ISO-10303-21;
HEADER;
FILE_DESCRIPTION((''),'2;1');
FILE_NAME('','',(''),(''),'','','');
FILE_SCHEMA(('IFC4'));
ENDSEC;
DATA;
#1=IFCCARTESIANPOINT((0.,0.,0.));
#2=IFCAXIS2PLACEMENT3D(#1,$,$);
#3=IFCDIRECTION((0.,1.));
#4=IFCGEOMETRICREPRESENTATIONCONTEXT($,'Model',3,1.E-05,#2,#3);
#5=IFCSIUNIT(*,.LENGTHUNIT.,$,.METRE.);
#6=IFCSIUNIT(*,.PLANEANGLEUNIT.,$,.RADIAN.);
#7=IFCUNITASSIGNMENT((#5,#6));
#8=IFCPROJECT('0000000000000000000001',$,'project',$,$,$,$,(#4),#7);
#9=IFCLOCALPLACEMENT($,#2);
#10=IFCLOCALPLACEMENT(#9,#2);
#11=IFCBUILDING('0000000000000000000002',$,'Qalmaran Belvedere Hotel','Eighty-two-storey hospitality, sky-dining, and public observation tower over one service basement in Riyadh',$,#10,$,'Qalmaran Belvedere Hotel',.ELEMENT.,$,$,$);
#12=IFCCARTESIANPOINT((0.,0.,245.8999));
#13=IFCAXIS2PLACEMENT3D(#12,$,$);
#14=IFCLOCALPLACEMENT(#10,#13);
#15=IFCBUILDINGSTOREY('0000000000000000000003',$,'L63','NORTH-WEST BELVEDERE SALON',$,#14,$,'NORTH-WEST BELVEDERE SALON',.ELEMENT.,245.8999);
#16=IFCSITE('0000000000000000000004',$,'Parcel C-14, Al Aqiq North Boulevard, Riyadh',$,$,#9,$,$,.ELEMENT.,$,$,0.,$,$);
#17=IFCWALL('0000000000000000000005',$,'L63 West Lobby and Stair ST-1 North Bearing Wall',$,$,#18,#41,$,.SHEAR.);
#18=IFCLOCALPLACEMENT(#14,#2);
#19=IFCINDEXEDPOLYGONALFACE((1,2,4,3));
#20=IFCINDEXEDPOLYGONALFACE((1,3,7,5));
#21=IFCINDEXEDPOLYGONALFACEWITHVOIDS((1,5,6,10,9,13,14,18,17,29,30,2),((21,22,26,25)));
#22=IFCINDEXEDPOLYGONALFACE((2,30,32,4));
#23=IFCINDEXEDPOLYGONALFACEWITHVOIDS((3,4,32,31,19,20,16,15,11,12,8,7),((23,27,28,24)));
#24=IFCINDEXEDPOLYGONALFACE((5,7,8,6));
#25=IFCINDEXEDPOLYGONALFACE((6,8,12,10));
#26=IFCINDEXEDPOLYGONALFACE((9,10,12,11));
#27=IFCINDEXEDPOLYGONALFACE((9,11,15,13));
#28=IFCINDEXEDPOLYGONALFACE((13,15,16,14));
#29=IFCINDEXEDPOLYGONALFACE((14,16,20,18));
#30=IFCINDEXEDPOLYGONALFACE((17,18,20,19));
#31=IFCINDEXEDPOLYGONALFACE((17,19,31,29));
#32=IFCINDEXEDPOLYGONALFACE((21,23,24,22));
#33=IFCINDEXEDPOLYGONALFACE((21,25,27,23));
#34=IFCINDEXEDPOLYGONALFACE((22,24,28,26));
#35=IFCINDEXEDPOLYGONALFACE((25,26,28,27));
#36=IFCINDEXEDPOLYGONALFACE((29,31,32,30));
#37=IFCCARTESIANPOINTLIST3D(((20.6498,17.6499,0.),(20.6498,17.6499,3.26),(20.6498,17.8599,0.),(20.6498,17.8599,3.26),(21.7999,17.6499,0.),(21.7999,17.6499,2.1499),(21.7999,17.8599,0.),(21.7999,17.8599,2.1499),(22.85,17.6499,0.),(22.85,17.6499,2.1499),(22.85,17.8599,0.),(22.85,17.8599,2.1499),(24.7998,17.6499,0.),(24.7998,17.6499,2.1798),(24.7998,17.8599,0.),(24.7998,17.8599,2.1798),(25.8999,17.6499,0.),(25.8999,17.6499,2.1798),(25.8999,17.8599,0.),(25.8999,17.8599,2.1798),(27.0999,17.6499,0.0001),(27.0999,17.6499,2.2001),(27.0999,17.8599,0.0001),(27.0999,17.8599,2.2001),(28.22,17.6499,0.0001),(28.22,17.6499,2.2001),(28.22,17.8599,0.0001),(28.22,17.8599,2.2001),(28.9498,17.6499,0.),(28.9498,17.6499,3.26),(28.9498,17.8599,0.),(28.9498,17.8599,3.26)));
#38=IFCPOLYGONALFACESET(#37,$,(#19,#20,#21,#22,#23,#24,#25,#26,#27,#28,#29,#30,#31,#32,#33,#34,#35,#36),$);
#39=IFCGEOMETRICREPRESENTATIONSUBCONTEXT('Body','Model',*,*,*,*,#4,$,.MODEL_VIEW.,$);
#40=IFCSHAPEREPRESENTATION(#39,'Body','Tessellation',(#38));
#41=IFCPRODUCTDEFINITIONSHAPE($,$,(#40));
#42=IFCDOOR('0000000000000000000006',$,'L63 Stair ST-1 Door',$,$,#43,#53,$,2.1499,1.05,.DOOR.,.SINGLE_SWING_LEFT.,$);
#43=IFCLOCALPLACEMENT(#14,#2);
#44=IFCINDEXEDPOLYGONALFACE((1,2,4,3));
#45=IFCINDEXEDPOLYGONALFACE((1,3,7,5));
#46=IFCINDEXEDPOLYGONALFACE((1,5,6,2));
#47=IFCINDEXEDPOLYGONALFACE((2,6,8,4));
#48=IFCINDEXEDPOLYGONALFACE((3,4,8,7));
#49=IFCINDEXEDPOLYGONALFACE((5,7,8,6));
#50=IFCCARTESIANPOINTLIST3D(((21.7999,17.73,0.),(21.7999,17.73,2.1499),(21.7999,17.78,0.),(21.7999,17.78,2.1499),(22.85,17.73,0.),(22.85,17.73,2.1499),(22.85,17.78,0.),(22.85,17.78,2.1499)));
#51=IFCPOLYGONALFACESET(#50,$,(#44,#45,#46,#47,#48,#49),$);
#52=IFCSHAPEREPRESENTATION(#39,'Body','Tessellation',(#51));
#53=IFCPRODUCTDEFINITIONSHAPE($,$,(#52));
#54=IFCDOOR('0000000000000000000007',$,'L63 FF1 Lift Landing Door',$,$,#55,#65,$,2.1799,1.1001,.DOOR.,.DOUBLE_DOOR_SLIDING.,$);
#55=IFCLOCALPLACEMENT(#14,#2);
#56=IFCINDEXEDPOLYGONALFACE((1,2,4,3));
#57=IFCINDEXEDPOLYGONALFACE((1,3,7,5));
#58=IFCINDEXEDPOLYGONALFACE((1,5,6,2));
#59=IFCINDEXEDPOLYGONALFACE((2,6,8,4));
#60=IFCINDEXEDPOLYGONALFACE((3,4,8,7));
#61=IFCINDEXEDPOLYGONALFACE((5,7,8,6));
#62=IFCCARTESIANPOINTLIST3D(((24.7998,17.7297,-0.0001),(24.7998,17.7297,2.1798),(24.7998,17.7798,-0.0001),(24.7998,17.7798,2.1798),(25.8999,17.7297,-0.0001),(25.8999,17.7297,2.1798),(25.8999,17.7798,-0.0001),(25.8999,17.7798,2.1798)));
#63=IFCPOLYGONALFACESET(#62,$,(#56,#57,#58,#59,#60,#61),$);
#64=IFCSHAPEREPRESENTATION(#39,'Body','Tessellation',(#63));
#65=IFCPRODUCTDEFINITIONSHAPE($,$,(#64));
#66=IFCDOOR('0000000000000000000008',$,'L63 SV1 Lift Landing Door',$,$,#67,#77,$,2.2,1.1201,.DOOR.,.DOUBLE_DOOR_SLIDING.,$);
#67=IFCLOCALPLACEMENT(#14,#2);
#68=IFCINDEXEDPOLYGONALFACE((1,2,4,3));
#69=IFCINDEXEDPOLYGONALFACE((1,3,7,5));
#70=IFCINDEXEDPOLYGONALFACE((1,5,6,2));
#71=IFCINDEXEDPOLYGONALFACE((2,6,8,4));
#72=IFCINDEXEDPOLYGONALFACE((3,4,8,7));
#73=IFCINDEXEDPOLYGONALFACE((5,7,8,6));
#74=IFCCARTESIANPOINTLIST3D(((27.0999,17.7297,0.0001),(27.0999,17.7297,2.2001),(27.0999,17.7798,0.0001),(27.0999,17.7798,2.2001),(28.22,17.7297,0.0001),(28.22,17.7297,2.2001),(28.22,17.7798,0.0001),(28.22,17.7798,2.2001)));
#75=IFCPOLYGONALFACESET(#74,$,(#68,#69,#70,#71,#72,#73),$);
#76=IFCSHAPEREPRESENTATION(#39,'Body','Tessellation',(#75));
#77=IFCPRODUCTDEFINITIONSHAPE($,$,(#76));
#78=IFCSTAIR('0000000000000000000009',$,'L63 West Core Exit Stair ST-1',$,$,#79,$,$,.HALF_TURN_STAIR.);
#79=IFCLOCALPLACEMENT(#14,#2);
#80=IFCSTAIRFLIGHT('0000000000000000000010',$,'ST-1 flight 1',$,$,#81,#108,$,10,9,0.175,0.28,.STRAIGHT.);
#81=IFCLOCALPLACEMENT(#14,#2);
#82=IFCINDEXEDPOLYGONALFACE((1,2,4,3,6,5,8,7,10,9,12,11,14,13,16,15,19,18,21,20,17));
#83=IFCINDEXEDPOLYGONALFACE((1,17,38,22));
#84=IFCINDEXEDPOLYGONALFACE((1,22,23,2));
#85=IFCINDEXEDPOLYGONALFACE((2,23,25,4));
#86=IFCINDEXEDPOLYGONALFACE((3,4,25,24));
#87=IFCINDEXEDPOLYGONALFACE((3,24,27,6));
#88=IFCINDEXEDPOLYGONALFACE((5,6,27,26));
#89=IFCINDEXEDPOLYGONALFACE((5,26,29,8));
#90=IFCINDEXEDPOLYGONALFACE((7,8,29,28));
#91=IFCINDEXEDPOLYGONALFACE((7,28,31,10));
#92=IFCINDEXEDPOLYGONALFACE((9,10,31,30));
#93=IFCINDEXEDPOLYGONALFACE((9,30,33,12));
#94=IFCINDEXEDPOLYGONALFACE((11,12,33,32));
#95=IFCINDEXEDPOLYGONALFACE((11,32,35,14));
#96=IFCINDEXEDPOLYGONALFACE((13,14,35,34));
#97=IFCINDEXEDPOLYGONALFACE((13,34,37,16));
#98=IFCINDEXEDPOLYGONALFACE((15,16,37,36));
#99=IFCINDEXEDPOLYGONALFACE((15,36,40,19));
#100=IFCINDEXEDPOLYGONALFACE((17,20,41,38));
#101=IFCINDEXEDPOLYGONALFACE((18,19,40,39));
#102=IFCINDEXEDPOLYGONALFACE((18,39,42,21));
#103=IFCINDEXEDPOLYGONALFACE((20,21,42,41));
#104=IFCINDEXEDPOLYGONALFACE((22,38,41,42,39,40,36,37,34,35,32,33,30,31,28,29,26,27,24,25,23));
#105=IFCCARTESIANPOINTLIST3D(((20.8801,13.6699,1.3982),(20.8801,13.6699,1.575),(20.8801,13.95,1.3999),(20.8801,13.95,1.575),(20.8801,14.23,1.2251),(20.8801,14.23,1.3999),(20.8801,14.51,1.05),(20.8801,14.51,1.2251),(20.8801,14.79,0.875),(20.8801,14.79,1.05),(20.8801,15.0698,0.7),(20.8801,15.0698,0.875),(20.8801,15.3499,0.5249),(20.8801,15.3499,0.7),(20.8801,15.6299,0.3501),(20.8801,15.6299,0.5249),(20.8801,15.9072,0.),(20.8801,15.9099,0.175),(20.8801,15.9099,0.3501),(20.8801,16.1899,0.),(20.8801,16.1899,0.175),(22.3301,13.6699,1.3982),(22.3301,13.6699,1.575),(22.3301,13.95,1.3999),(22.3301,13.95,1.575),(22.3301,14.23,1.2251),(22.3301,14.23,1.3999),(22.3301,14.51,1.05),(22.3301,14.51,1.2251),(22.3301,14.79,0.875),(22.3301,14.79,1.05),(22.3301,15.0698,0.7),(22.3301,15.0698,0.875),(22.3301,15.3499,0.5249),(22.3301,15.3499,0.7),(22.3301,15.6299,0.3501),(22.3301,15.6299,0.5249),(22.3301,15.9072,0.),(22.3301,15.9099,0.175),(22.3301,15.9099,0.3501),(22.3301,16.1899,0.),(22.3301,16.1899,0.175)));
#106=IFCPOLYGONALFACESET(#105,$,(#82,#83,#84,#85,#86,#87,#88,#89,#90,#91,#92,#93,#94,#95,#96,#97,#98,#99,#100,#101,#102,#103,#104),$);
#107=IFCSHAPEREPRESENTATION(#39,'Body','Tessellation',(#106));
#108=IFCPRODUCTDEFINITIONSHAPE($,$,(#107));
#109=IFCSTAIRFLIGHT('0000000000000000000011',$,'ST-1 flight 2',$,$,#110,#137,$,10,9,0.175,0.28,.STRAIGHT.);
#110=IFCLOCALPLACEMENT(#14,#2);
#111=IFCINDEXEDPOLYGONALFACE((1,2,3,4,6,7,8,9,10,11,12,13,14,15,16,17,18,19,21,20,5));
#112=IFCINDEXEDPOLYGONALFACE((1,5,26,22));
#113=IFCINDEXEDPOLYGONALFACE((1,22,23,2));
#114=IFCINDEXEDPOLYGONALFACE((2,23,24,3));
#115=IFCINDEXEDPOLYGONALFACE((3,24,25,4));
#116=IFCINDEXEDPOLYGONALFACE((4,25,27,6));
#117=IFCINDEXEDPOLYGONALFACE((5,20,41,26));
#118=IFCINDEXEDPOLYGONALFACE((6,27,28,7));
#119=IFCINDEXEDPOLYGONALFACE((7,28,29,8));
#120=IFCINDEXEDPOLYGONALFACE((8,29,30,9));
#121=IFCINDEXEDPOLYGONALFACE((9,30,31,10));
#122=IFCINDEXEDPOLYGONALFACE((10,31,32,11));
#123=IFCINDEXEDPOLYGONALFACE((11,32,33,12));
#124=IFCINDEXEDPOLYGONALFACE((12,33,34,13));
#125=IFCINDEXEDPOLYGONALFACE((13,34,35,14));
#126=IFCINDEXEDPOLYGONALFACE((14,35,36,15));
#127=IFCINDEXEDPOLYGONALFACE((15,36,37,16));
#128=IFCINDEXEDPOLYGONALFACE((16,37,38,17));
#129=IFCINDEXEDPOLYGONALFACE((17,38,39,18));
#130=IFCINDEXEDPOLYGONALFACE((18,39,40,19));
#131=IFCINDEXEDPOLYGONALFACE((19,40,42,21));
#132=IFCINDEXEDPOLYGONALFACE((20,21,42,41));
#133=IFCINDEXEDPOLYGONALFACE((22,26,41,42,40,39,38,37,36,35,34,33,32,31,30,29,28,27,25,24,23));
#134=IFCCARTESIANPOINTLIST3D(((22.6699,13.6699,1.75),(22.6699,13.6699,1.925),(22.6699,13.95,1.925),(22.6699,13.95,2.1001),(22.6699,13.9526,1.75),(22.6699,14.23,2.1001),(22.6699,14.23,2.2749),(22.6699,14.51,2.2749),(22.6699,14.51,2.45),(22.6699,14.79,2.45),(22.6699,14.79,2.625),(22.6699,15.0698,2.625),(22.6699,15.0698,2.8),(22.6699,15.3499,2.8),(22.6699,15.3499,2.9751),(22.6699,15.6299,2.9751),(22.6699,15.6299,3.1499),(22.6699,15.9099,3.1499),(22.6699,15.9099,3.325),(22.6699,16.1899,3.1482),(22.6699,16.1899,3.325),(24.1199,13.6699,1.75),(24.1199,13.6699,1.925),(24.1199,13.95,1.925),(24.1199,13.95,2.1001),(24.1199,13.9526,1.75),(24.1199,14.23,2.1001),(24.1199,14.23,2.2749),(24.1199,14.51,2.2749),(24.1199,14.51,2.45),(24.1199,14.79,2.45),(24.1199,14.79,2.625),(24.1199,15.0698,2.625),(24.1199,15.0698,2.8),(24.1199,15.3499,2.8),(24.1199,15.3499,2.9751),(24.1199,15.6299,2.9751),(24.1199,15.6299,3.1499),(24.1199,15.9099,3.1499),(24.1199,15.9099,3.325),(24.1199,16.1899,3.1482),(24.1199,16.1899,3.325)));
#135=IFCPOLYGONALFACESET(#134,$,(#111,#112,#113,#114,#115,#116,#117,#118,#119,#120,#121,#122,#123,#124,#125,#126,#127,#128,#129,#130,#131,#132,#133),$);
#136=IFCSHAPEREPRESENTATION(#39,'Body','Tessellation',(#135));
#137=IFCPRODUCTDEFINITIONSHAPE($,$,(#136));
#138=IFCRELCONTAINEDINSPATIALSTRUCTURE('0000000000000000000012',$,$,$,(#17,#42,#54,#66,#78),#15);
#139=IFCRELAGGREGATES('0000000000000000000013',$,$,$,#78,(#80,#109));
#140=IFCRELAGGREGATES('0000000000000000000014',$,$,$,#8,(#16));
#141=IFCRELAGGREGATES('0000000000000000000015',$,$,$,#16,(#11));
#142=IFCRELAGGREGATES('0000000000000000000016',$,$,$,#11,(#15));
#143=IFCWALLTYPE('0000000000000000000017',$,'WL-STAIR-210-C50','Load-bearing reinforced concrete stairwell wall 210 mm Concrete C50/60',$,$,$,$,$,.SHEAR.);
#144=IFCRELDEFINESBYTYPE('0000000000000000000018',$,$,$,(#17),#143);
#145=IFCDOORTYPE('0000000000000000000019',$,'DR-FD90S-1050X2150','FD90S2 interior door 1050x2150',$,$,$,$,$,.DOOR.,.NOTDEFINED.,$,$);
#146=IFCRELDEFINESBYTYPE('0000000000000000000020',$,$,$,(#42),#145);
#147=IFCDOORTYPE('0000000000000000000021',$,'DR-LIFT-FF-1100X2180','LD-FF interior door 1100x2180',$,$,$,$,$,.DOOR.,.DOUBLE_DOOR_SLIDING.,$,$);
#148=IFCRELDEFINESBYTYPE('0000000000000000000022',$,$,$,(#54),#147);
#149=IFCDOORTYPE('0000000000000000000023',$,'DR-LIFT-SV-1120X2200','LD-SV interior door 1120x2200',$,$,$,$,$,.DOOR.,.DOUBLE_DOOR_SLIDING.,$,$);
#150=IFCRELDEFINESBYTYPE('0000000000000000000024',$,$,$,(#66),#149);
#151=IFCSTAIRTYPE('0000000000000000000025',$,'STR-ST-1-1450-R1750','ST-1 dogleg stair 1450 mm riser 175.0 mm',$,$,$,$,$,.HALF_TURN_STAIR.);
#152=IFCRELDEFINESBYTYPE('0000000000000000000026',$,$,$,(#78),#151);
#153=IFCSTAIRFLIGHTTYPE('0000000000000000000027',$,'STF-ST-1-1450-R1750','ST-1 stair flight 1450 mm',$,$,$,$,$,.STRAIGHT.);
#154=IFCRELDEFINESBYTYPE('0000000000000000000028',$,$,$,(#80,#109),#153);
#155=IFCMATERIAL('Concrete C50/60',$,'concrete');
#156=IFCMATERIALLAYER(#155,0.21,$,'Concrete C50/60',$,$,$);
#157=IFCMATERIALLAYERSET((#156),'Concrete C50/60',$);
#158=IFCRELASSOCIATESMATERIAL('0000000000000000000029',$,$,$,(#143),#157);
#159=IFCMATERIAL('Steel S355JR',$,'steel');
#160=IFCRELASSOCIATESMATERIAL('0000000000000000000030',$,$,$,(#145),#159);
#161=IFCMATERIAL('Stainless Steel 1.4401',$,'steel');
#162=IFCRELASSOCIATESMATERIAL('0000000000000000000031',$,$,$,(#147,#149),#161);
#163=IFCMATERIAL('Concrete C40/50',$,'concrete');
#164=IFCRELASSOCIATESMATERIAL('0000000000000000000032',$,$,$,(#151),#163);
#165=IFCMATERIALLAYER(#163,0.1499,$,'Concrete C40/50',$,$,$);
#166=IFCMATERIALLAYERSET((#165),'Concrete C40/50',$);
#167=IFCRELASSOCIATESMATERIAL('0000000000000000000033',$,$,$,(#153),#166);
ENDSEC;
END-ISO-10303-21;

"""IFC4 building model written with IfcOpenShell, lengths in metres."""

from ifc_helpers import new_model, si_unit, direction, frame, frame_2d, origin, place, context, subcontext, project, spatial, polyline, rectangle, outline, extrude, material, layer, layer_set, type_object, element, fill, aggregate, save


model = new_model("IFC4")

# Units and contexts
model_context = context("Model", 3, precision=1e-05, world=origin(), true_north=direction((0.0, 1.0)))
body_context = subcontext(model_context, "Body", "Model", "MODEL_VIEW")
ifc_project = project(units=[si_unit("LENGTHUNIT", "METRE"), si_unit("PLANEANGLEUNIT", "RADIAN")], contexts=[model_context])

# Site, building, storey
site_placement = place(None, origin())
site = spatial("IfcSite", under=ifc_project, at=site_placement, Name="Parcel C-14, Al Aqiq North Boulevard, Riyadh", CompositionType="ELEMENT", RefElevation=0.0)
building_placement = place(site_placement, origin())
building = spatial("IfcBuilding", under=site, at=building_placement, Name="Qalmaran Belvedere Hotel", Description="Eighty-two-storey hospitality, sky-dining, and public observation tower over one service basement in Riyadh", LongName="Qalmaran Belvedere Hotel", CompositionType="ELEMENT")
storey_placement = place(building_placement, frame((0.0, 0.0, 245.8999)))
storey = spatial("IfcBuildingStorey", under=building, at=storey_placement, Name="L63", Description="NORTH-WEST BELVEDERE SALON", LongName="NORTH-WEST BELVEDERE SALON", CompositionType="ELEMENT", Elevation=245.8999)

# Shared definitions
ifc_material_1 = material(Name="Steel S355JR", Category="steel")

# Shared definitions
ifc_material_2 = material(Name="Concrete C50/60", Category="concrete")
ifc_layer_1 = layer(ifc_material_2, 0.21, Name="Concrete C50/60")
ifc_layer_set_1 = layer_set([ifc_layer_1], Name="Concrete C50/60")
wall_type_1 = type_object("IfcWallType", Name="WL-STAIR-210-C50", Description="Load-bearing reinforced concrete stairwell wall 210 mm Concrete C50/60", PredefinedType="SHEAR", material=ifc_layer_set_1)

# Wall, openings, doors
wall_1_placement = place(storey_placement, frame((20.6499, 17.7549, 0.0), z_axis=(0.0, 0.0, 1.0), x_axis=(1.0, 0.0, 0.0)))
wall_1 = element("IfcWall", 1, at=wall_1_placement, inside=storey, type_object=wall_type_1, Name="L63 West Lobby and Stair ST-1 North Bearing Wall", PredefinedType="SHEAR", context=body_context, shape_type="SweptSolid", body=[
    extrude(rectangle(XDim=8.3, YDim=0.21, at=frame_2d((4.1499, 0.0))), origin(), (0.0, 0.0, 1.0), 3.26),
])
opening_1_placement = place(wall_1_placement, frame((2.2, 0.0, 0.0), z_axis=(0.0, 0.0, 1.0), x_axis=(-1.0, 0.0, 0.0)))
opening_1 = element("IfcOpeningElement", 2, at=opening_1_placement, cuts=wall_1, PredefinedType="OPENING", context=body_context, shape_type="SweptSolid", body=[
    extrude(rectangle(XDim=1.05, YDim=2.1499, at=frame_2d((0.5249, 1.075))), frame((0.0, 0.115, 0.0), z_axis=(0.0, -1.0, 0.0), x_axis=(1.0, 0.0, 0.0)), (0.0, 0.0, 1.0), 0.23),
])
opening_2_placement = place(wall_1_placement, frame((4.1499, 0.0, 0.0)))
opening_2 = element("IfcOpeningElement", 3, at=opening_2_placement, cuts=wall_1, PredefinedType="OPENING", context=body_context, shape_type="SweptSolid", body=[
    extrude(rectangle(XDim=1.1001, YDim=2.1799, at=frame_2d((0.55, 1.0898))), frame((0.0, 0.115, 0.0), z_axis=(0.0, -1.0, 0.0), x_axis=(1.0, 0.0, 0.0)), (0.0, 0.0, 1.0), 0.23),
])
opening_3_placement = place(wall_1_placement, frame((6.45, 0.0, 0.0)))
opening_3 = element("IfcOpeningElement", 4, at=opening_3_placement, cuts=wall_1, PredefinedType="OPENING", context=body_context, shape_type="SweptSolid", body=[
    extrude(rectangle(XDim=1.1201, YDim=2.2, at=frame_2d((0.5601, 1.1001))), frame((0.0, 0.115, 0.0), z_axis=(0.0, -1.0, 0.0), x_axis=(1.0, 0.0, 0.0)), (0.0, 0.0, 1.0), 0.23),
])
door_type_1 = type_object("IfcDoorType", Name="DR-FD90S-1050X2150", Description="FD90S2 interior door 1050x2150", OperationType="NOTDEFINED", PredefinedType="DOOR", material=ifc_material_1)
door_1_placement = place(opening_1_placement, origin())
door_1 = element("IfcDoor", 5, at=door_1_placement, inside=storey, type_object=door_type_1, Name="L63 Stair ST-1 Door", OperationType="SINGLE_SWING_LEFT", OverallHeight=2.1499, OverallWidth=1.05, PredefinedType="DOOR", context=body_context, shape_type="SweptSolid", body=[
    extrude(rectangle(XDim=1.05, YDim=2.1499, at=frame_2d((0.5249, 1.075))), frame((0.0, 0.0249, 0.0), z_axis=(0.0, -1.0, 0.0), x_axis=(1.0, 0.0, 0.0)), (0.0, 0.0, 1.0), 0.05),
])
fill(opening_1, door_1)
ifc_material_3 = material(Name="Stainless Steel 1.4401", Category="steel")
door_type_2 = type_object("IfcDoorType", Name="DR-LIFT-FF-1100X2180", Description="LD-FF interior door 1100x2180", OperationType="DOUBLE_DOOR_SLIDING", PredefinedType="DOOR", material=ifc_material_3)
door_2_placement = place(opening_2_placement, origin())
door_2 = element("IfcDoor", 6, at=door_2_placement, inside=storey, type_object=door_type_2, Name="L63 FF1 Lift Landing Door", OperationType="DOUBLE_DOOR_SLIDING", OverallHeight=2.1799, OverallWidth=1.1001, PredefinedType="DOOR", context=body_context, shape_type="SweptSolid", body=[
    extrude(rectangle(XDim=1.1001, YDim=2.1799, at=frame_2d((0.55, 1.0898))), frame((0.0, 0.0249, 0.0), z_axis=(0.0, -1.0, 0.0), x_axis=(1.0, 0.0, 0.0)), (0.0, 0.0, 1.0), 0.05),
])
fill(opening_2, door_2)
door_type_3 = type_object("IfcDoorType", Name="DR-LIFT-SV-1120X2200", Description="LD-SV interior door 1120x2200", OperationType="DOUBLE_DOOR_SLIDING", PredefinedType="DOOR", material=ifc_material_3)
door_3_placement = place(opening_3_placement, origin())
door_3 = element("IfcDoor", 7, at=door_3_placement, inside=storey, type_object=door_type_3, Name="L63 SV1 Lift Landing Door", OperationType="DOUBLE_DOOR_SLIDING", OverallHeight=2.2, OverallWidth=1.1201, PredefinedType="DOOR", context=body_context, shape_type="SweptSolid", body=[
    extrude(rectangle(XDim=1.1201, YDim=2.2, at=frame_2d((0.5601, 1.1001))), frame((0.0, 0.0249, 0.0), z_axis=(0.0, -1.0, 0.0), x_axis=(1.0, 0.0, 0.0)), (0.0, 0.0, 1.0), 0.05),
])
fill(opening_3, door_3)

# Stair, stair flights
ifc_material_4 = material(Name="Concrete C40/50", Category="concrete")
stair_type = type_object("IfcStairType", Name="STR-ST-1-1450-R1750", Description="ST-1 dogleg stair 1450 mm riser 175.0 mm", PredefinedType="HALF_TURN_STAIR", material=ifc_material_4)
stair_placement = place(storey_placement, origin())
stair = element("IfcStair", 8, at=stair_placement, inside=storey, type_object=stair_type, Name="L63 West Core Exit Stair ST-1", PredefinedType="HALF_TURN_STAIR")
ifc_layer_2 = layer(ifc_material_4, 0.1499, Name="Concrete C40/50")
ifc_layer_set_2 = layer_set([ifc_layer_2], Name="Concrete C40/50")
stair_flight_type = type_object("IfcStairFlightType", Name="STF-ST-1-1450-R1750", Description="ST-1 stair flight 1450 mm", PredefinedType="STRAIGHT", material=ifc_layer_set_2)
stair_flight_1_placement = place(storey_placement, frame((21.605, 16.1899, 0.0), z_axis=(0.0, 0.0, 1.0), x_axis=(0.0, -1.0, 0.0)))
stair_flight_1 = element("IfcStairFlight", 9, at=stair_flight_1_placement, type_object=stair_flight_type, Name="ST-1 flight 1", NumberOfRisers=10, NumberOfTreads=9, PredefinedType="STRAIGHT", RiserHeight=0.175, TreadLength=0.28, context=body_context, shape_type="SweptSolid", body=[
    extrude(outline(polyline([(0.0, 0.0), (0.0, 0.175), (0.28, 0.175), (0.28, 0.3501), (0.5601, 0.3501), (0.5601, 0.5249), (0.8401, 0.5249), (0.8401, 0.7), (1.1201, 0.7), (1.1201, 0.875), (1.3999, 0.875), (1.3999, 1.05), (1.6799, 1.05), (1.6799, 1.2251), (1.96, 1.2251), (1.96, 1.3999), (2.24, 1.3999), (2.24, 1.575), (2.52, 1.575), (2.52, 1.75), (2.52, 1.3982), (0.2827, 0.0), (0.0, 0.0)])), frame((0.0, 0.7251, 0.0), z_axis=(0.0, -1.0, 0.0), x_axis=(1.0, 0.0, 0.0)), (0.0, 0.0, 1.0), 1.45),
])
stair_flight_2_placement = place(storey_placement, frame((23.395, 13.6699, 1.75), z_axis=(0.0, 0.0, 1.0), x_axis=(0.0, 1.0, 0.0)))
stair_flight_2 = element("IfcStairFlight", 10, at=stair_flight_2_placement, type_object=stair_flight_type, Name="ST-1 flight 2", NumberOfRisers=10, NumberOfTreads=9, PredefinedType="STRAIGHT", RiserHeight=0.175, TreadLength=0.28, context=body_context, shape_type="SweptSolid", body=[
    extrude(outline(polyline([(0.0, 0.0), (0.0, 0.175), (0.28, 0.175), (0.28, 0.3501), (0.5601, 0.3501), (0.5601, 0.5249), (0.8401, 0.5249), (0.8401, 0.7), (1.1201, 0.7), (1.1201, 0.875), (1.3999, 0.875), (1.3999, 1.05), (1.6799, 1.05), (1.6799, 1.2251), (1.96, 1.2251), (1.96, 1.3999), (2.24, 1.3999), (2.24, 1.575), (2.52, 1.575), (2.52, 1.75), (2.52, 1.3982), (0.2827, 0.0), (0.0, 0.0)])), frame((0.0, 0.7251, 0.0), z_axis=(0.0, -1.0, 0.0), x_axis=(1.0, 0.0, 0.0)), (0.0, 0.0, 1.0), 1.45),
])
aggregate(stair, [stair_flight_1, stair_flight_2])

save(model, "model.ifc")
